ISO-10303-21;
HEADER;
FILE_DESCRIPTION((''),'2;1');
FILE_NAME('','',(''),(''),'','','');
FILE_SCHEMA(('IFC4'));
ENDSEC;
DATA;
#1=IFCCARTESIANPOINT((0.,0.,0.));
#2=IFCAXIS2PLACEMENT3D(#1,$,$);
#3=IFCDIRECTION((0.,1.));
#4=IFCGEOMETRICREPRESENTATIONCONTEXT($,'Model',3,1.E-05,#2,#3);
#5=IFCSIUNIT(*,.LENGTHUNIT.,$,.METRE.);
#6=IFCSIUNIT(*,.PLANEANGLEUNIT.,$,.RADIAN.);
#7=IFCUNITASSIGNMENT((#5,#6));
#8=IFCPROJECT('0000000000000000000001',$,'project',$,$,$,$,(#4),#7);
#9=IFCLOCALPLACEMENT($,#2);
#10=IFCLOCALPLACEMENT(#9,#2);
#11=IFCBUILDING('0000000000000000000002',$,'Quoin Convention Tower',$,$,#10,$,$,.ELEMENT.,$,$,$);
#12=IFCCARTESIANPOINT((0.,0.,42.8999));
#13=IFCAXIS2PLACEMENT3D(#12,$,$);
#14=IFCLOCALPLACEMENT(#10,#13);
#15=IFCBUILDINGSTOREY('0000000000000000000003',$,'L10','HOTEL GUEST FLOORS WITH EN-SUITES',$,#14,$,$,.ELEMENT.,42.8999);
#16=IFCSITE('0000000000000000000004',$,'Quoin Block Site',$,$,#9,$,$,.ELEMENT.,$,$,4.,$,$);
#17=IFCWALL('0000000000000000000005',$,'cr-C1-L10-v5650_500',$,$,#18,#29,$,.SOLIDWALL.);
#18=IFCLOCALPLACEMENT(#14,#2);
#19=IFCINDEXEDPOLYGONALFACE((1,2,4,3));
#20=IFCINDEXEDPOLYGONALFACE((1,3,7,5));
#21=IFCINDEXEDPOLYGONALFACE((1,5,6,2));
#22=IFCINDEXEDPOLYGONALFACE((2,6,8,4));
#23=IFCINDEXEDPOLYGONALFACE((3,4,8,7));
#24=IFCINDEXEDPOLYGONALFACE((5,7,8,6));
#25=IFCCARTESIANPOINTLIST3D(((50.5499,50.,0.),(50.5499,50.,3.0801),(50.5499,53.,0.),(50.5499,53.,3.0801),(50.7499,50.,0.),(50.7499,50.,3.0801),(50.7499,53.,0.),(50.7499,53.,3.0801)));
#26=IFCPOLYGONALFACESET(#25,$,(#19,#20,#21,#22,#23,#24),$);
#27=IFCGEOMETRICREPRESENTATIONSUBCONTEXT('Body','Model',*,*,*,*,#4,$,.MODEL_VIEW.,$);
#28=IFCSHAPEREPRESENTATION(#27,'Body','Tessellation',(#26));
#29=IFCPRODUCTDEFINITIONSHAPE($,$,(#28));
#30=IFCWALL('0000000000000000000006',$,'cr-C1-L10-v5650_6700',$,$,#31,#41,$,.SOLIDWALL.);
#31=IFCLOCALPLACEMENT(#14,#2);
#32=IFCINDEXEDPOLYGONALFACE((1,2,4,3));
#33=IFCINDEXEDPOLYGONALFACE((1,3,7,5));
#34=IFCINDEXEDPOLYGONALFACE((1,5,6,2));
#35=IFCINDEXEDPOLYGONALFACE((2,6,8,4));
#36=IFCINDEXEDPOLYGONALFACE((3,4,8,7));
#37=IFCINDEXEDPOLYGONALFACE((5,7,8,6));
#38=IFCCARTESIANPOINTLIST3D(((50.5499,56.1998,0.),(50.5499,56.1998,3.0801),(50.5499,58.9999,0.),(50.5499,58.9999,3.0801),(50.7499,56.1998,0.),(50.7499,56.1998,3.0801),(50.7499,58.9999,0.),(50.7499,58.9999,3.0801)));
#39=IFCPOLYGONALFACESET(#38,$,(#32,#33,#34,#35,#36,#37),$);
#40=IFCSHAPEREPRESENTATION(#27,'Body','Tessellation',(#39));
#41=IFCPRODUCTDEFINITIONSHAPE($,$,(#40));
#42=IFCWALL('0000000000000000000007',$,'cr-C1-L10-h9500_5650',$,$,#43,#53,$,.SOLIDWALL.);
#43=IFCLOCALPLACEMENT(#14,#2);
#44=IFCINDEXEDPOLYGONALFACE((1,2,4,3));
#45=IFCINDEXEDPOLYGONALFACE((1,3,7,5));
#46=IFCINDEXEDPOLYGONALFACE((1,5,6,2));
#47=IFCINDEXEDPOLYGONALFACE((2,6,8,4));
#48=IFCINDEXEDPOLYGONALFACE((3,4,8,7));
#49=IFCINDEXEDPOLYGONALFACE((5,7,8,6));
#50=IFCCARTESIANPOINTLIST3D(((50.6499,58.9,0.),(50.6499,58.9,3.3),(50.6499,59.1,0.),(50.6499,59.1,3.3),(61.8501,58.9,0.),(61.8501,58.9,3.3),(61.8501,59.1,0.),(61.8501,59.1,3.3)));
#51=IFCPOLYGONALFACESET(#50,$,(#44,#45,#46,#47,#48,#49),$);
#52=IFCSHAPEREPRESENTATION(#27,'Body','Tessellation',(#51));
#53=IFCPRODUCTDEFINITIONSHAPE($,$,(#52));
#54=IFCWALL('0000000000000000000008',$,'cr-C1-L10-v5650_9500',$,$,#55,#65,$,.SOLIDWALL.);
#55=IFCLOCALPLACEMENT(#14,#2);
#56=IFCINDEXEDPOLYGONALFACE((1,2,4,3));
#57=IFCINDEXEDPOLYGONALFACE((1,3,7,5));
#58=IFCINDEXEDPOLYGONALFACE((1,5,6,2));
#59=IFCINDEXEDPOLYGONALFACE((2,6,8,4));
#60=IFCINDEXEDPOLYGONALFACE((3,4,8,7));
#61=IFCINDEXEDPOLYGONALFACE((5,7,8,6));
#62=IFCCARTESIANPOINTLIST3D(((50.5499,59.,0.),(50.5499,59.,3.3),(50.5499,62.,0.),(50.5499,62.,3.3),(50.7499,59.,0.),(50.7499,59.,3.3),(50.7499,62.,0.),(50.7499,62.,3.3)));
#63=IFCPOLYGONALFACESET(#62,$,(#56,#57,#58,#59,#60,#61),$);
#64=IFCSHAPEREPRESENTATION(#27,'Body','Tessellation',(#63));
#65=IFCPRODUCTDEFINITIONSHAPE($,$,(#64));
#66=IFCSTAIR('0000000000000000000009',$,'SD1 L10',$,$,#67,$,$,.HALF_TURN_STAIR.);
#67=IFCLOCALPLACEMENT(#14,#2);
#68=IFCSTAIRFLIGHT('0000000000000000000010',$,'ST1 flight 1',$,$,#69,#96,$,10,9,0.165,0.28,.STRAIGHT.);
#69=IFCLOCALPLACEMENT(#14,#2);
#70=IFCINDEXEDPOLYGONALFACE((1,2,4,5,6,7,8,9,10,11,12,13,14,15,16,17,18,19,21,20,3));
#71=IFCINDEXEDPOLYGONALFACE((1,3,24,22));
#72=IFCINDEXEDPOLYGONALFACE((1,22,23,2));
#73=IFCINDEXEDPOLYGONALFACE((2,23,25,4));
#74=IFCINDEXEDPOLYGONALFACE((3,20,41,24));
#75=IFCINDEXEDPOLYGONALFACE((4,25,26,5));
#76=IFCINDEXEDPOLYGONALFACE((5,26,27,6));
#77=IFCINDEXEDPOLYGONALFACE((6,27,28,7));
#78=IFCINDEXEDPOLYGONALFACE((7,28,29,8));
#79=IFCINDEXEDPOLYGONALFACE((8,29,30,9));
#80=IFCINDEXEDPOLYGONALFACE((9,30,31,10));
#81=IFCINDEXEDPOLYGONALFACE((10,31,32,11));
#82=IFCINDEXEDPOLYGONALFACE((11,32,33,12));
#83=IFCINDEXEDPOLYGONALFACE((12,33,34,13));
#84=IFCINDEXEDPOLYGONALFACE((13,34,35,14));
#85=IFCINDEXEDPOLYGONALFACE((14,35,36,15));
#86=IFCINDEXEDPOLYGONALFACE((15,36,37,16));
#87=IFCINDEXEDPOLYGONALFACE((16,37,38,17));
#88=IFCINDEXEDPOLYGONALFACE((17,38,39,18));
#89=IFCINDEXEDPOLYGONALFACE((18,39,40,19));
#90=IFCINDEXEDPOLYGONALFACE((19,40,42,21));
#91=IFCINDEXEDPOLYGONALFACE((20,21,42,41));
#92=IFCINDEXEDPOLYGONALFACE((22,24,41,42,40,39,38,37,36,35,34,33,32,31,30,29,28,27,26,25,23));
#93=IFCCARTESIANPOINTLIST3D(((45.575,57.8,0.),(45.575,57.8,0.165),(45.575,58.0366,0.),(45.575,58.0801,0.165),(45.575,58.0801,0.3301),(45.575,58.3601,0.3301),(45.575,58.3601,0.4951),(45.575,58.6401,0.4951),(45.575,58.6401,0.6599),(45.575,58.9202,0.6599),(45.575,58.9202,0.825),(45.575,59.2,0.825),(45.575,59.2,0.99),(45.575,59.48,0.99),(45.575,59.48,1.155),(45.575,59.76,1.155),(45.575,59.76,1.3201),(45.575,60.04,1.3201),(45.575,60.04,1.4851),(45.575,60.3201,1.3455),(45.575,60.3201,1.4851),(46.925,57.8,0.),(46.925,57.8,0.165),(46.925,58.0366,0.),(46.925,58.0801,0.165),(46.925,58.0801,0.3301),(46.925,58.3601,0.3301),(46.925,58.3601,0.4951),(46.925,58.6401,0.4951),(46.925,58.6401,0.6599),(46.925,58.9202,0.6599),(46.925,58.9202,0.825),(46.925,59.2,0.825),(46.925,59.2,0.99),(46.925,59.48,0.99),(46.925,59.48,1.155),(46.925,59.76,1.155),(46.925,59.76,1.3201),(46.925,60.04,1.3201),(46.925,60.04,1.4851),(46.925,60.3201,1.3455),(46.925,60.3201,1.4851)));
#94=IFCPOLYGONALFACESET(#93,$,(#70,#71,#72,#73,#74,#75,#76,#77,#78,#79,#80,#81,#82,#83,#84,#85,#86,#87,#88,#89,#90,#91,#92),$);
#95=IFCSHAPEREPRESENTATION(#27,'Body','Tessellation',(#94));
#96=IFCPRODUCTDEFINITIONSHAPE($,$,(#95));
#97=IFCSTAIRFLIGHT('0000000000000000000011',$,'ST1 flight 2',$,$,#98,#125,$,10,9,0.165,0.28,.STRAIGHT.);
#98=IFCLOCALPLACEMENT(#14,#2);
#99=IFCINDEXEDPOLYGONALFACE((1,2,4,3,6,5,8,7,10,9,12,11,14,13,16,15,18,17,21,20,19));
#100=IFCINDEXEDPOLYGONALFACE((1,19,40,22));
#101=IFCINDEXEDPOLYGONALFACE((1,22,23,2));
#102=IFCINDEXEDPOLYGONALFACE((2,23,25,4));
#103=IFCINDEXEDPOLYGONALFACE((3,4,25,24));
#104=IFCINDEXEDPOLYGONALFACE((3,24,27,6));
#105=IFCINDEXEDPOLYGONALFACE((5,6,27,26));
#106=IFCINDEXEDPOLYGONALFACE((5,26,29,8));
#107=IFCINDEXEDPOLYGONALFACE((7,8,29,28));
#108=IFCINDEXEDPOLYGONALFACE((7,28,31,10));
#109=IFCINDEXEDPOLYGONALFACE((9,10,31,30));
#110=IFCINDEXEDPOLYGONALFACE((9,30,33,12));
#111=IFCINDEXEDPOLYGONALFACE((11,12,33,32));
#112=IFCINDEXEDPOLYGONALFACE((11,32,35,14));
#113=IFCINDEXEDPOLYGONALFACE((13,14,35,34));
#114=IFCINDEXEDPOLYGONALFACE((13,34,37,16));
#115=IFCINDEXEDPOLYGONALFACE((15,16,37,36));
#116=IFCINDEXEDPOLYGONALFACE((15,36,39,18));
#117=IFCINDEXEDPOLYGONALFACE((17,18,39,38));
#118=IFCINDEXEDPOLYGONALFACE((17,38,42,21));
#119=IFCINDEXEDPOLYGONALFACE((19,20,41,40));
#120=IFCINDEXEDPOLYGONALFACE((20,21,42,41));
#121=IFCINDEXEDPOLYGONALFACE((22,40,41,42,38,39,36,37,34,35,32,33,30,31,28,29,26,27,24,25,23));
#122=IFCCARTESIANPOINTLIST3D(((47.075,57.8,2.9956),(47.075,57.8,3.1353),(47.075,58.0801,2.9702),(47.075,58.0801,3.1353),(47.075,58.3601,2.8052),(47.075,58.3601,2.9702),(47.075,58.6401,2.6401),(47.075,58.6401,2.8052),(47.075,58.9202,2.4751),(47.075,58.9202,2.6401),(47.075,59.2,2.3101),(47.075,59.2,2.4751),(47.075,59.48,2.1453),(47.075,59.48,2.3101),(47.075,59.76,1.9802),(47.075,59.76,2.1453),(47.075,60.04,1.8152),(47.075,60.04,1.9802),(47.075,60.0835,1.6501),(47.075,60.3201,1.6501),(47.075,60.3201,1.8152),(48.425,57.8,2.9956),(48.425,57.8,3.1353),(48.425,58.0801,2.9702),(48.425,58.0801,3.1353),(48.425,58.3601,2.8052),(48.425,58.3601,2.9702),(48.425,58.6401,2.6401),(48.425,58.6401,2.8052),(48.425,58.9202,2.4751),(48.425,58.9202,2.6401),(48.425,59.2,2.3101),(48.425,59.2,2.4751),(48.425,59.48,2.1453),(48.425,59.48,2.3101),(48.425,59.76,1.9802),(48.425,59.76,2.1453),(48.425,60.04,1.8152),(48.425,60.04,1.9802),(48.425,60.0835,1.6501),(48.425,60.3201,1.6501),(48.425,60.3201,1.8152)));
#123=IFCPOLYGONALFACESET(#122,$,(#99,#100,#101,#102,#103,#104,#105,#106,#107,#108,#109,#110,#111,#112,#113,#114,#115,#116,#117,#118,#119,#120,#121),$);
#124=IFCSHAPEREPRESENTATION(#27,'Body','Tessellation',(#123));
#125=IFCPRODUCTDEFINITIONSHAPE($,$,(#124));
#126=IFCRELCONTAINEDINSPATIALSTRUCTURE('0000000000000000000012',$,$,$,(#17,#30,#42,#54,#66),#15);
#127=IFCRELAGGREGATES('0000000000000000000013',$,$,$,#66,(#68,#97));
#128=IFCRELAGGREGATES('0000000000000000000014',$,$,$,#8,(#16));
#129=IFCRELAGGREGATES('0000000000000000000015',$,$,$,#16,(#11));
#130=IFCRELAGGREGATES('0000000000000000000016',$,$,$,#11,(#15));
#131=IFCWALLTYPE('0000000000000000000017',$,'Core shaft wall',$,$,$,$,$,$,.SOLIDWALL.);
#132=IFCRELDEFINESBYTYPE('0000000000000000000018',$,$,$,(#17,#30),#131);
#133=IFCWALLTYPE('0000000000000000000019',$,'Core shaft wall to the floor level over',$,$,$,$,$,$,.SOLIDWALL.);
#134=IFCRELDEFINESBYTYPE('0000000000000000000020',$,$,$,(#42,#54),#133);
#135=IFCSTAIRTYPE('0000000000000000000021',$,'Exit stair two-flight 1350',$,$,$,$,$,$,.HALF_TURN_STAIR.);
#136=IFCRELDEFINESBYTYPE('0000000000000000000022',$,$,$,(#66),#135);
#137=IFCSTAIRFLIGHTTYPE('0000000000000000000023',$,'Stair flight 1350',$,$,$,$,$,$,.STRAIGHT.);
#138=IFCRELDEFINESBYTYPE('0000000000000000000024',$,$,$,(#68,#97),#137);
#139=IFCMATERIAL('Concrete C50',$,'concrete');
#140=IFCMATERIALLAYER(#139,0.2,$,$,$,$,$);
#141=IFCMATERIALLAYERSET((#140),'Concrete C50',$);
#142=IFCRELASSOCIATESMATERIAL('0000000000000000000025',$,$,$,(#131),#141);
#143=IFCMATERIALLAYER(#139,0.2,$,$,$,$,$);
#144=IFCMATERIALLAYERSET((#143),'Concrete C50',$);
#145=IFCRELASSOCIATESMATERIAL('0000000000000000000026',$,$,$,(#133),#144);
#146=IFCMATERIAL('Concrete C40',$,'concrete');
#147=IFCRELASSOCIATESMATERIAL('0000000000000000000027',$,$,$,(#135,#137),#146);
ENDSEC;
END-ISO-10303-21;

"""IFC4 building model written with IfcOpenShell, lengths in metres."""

from ifc_helpers import new_model, si_unit, direction, frame, frame_2d, origin, place, context, subcontext, project, spatial, polyline, rectangle, outline, extrude, material, layer, layer_set, type_object, element, aggregate, save


model = new_model("IFC4")

# Units and contexts
model_context = context("Model", 3, precision=1e-05, world=origin(), true_north=direction((0.0, 1.0)))
body_context = subcontext(model_context, "Body", "Model", "MODEL_VIEW")
ifc_project = project(units=[si_unit("LENGTHUNIT", "METRE"), si_unit("PLANEANGLEUNIT", "RADIAN")], contexts=[model_context])

# Site, building, storey
site_placement = place(None, origin())
site = spatial("IfcSite", under=ifc_project, at=site_placement, Name="Quoin Block Site", CompositionType="ELEMENT", RefElevation=4.0)
building_placement = place(site_placement, origin())
building = spatial("IfcBuilding", under=site, at=building_placement, Name="Quoin Convention Tower", CompositionType="ELEMENT")
storey_placement = place(building_placement, frame((0.0, 0.0, 42.8999)))
storey = spatial("IfcBuildingStorey", under=building, at=storey_placement, Name="L10", Description="HOTEL GUEST FLOORS WITH EN-SUITES", CompositionType="ELEMENT", Elevation=42.8999)

# Shared definitions
ifc_material_1 = material(Name="Concrete C50", Category="concrete")
ifc_layer_1 = layer(ifc_material_1, 0.2)
ifc_layer_set_1 = layer_set([ifc_layer_1], Name="Concrete C50")
wall_type_1 = type_object("IfcWallType", Name="Core shaft wall", PredefinedType="SOLIDWALL", material=ifc_layer_set_1)

# Walls
wall_1_placement = place(storey_placement, frame((50.6499, 50.0, 0.0), z_axis=(0.0, 0.0, 1.0), x_axis=(0.0, 1.0, 0.0)))
element("IfcWall", 1, at=wall_1_placement, inside=storey, type_object=wall_type_1, Name="cr-C1-L10-v5650_500", PredefinedType="SOLIDWALL", context=body_context, shape_type="SweptSolid", body=[
    extrude(rectangle(XDim=3.0, YDim=0.2, at=frame_2d((1.5, 0.0))), origin(), (0.0, 0.0, 1.0), 3.0801),
])
wall_2_placement = place(storey_placement, frame((50.6499, 56.2, 0.0), z_axis=(0.0, 0.0, 1.0), x_axis=(0.0, 1.0, 0.0)))
element("IfcWall", 2, at=wall_2_placement, inside=storey, type_object=wall_type_1, Name="cr-C1-L10-v5650_6700", PredefinedType="SOLIDWALL", context=body_context, shape_type="SweptSolid", body=[
    extrude(rectangle(XDim=2.8, YDim=0.2, at=frame_2d((1.3999, 0.0))), origin(), (0.0, 0.0, 1.0), 3.0801),
])
ifc_layer_2 = layer(ifc_material_1, 0.2)
ifc_layer_set_2 = layer_set([ifc_layer_2], Name="Concrete C50")
wall_type_2 = type_object("IfcWallType", Name="Core shaft wall to the floor level over", PredefinedType="SOLIDWALL", material=ifc_layer_set_2)
wall_3_placement = place(storey_placement, frame((50.6499, 59.0, 0.0), z_axis=(0.0, 0.0, 1.0), x_axis=(1.0, 0.0, 0.0)))
element("IfcWall", 3, at=wall_3_placement, inside=storey, type_object=wall_type_2, Name="cr-C1-L10-h9500_5650", PredefinedType="SOLIDWALL", context=body_context, shape_type="SweptSolid", body=[
    extrude(rectangle(XDim=11.2002, YDim=0.2, at=frame_2d((5.6001, 0.0))), origin(), (0.0, 0.0, 1.0), 3.3),
])
wall_4_placement = place(storey_placement, frame((50.6499, 59.0, 0.0), z_axis=(0.0, 0.0, 1.0), x_axis=(0.0, 1.0, 0.0)))
element("IfcWall", 4, at=wall_4_placement, inside=storey, type_object=wall_type_2, Name="cr-C1-L10-v5650_9500", PredefinedType="SOLIDWALL", context=body_context, shape_type="SweptSolid", body=[
    extrude(rectangle(XDim=3.0, YDim=0.2, at=frame_2d((1.5, 0.0))), origin(), (0.0, 0.0, 1.0), 3.3),
])

# Stair, stair flights
ifc_material_2 = material(Name="Concrete C40", Category="concrete")
stair_type = type_object("IfcStairType", Name="Exit stair two-flight 1350", PredefinedType="HALF_TURN_STAIR", material=ifc_material_2)
stair_placement = place(storey_placement, origin())
stair = element("IfcStair", 5, at=stair_placement, inside=storey, type_object=stair_type, Name="SD1 L10", PredefinedType="HALF_TURN_STAIR")
stair_flight_type = type_object("IfcStairFlightType", Name="Stair flight 1350", PredefinedType="STRAIGHT", material=ifc_material_2)
stair_flight_1_placement = place(storey_placement, frame((46.25, 57.8, 0.0), z_axis=(0.0, 0.0, 1.0), x_axis=(0.0, 1.0, 0.0)))
stair_flight_1 = element("IfcStairFlight", 6, at=stair_flight_1_placement, type_object=stair_flight_type, Name="ST1 flight 1", NumberOfRisers=10, NumberOfTreads=9, PredefinedType="STRAIGHT", RiserHeight=0.165, TreadLength=0.28, context=body_context, shape_type="SweptSolid", body=[
    extrude(outline(polyline([(0.0, 0.0), (0.0, 0.165), (0.28, 0.165), (0.28, 0.3301), (0.5601, 0.3301), (0.5601, 0.4951), (0.8401, 0.4951), (0.8401, 0.6599), (1.1201, 0.6599), (1.1201, 0.825), (1.3999, 0.825), (1.3999, 0.99), (1.6799, 0.99), (1.6799, 1.155), (1.96, 1.155), (1.96, 1.3201), (2.24, 1.3201), (2.24, 1.4851), (2.52, 1.4851), (2.52, 1.6499), (2.52, 1.3455), (0.2366, 0.0), (0.0, 0.0)])), frame((0.0, 0.675, 0.0), z_axis=(0.0, -1.0, 0.0), x_axis=(1.0, 0.0, 0.0)), (0.0, 0.0, 1.0), 1.3501),
])
stair_flight_2_placement = place(storey_placement, frame((47.75, 60.3201, 1.6501), z_axis=(0.0, 0.0, 1.0), x_axis=(0.0, -1.0, 0.0)))
stair_flight_2 = element("IfcStairFlight", 7, at=stair_flight_2_placement, type_object=stair_flight_type, Name="ST1 flight 2", NumberOfRisers=10, NumberOfTreads=9, PredefinedType="STRAIGHT", RiserHeight=0.165, TreadLength=0.28, context=body_context, shape_type="SweptSolid", body=[
    extrude(outline(polyline([(0.0, 0.0), (0.0, 0.165), (0.28, 0.165), (0.28, 0.3301), (0.5601, 0.3301), (0.5601, 0.4951), (0.8401, 0.4951), (0.8401, 0.6599), (1.1201, 0.6599), (1.1201, 0.825), (1.3999, 0.825), (1.3999, 0.99), (1.6799, 0.99), (1.6799, 1.155), (1.96, 1.155), (1.96, 1.3201), (2.24, 1.3201), (2.24, 1.4851), (2.52, 1.4851), (2.52, 1.6499), (2.52, 1.3455), (0.2366, 0.0), (0.0, 0.0)])), frame((0.0, 0.675, 0.0), z_axis=(0.0, -1.0, 0.0), x_axis=(1.0, 0.0, 0.0)), (0.0, 0.0, 1.0), 1.3501),
])
aggregate(stair, [stair_flight_1, stair_flight_2])

save(model, "model.ifc")
